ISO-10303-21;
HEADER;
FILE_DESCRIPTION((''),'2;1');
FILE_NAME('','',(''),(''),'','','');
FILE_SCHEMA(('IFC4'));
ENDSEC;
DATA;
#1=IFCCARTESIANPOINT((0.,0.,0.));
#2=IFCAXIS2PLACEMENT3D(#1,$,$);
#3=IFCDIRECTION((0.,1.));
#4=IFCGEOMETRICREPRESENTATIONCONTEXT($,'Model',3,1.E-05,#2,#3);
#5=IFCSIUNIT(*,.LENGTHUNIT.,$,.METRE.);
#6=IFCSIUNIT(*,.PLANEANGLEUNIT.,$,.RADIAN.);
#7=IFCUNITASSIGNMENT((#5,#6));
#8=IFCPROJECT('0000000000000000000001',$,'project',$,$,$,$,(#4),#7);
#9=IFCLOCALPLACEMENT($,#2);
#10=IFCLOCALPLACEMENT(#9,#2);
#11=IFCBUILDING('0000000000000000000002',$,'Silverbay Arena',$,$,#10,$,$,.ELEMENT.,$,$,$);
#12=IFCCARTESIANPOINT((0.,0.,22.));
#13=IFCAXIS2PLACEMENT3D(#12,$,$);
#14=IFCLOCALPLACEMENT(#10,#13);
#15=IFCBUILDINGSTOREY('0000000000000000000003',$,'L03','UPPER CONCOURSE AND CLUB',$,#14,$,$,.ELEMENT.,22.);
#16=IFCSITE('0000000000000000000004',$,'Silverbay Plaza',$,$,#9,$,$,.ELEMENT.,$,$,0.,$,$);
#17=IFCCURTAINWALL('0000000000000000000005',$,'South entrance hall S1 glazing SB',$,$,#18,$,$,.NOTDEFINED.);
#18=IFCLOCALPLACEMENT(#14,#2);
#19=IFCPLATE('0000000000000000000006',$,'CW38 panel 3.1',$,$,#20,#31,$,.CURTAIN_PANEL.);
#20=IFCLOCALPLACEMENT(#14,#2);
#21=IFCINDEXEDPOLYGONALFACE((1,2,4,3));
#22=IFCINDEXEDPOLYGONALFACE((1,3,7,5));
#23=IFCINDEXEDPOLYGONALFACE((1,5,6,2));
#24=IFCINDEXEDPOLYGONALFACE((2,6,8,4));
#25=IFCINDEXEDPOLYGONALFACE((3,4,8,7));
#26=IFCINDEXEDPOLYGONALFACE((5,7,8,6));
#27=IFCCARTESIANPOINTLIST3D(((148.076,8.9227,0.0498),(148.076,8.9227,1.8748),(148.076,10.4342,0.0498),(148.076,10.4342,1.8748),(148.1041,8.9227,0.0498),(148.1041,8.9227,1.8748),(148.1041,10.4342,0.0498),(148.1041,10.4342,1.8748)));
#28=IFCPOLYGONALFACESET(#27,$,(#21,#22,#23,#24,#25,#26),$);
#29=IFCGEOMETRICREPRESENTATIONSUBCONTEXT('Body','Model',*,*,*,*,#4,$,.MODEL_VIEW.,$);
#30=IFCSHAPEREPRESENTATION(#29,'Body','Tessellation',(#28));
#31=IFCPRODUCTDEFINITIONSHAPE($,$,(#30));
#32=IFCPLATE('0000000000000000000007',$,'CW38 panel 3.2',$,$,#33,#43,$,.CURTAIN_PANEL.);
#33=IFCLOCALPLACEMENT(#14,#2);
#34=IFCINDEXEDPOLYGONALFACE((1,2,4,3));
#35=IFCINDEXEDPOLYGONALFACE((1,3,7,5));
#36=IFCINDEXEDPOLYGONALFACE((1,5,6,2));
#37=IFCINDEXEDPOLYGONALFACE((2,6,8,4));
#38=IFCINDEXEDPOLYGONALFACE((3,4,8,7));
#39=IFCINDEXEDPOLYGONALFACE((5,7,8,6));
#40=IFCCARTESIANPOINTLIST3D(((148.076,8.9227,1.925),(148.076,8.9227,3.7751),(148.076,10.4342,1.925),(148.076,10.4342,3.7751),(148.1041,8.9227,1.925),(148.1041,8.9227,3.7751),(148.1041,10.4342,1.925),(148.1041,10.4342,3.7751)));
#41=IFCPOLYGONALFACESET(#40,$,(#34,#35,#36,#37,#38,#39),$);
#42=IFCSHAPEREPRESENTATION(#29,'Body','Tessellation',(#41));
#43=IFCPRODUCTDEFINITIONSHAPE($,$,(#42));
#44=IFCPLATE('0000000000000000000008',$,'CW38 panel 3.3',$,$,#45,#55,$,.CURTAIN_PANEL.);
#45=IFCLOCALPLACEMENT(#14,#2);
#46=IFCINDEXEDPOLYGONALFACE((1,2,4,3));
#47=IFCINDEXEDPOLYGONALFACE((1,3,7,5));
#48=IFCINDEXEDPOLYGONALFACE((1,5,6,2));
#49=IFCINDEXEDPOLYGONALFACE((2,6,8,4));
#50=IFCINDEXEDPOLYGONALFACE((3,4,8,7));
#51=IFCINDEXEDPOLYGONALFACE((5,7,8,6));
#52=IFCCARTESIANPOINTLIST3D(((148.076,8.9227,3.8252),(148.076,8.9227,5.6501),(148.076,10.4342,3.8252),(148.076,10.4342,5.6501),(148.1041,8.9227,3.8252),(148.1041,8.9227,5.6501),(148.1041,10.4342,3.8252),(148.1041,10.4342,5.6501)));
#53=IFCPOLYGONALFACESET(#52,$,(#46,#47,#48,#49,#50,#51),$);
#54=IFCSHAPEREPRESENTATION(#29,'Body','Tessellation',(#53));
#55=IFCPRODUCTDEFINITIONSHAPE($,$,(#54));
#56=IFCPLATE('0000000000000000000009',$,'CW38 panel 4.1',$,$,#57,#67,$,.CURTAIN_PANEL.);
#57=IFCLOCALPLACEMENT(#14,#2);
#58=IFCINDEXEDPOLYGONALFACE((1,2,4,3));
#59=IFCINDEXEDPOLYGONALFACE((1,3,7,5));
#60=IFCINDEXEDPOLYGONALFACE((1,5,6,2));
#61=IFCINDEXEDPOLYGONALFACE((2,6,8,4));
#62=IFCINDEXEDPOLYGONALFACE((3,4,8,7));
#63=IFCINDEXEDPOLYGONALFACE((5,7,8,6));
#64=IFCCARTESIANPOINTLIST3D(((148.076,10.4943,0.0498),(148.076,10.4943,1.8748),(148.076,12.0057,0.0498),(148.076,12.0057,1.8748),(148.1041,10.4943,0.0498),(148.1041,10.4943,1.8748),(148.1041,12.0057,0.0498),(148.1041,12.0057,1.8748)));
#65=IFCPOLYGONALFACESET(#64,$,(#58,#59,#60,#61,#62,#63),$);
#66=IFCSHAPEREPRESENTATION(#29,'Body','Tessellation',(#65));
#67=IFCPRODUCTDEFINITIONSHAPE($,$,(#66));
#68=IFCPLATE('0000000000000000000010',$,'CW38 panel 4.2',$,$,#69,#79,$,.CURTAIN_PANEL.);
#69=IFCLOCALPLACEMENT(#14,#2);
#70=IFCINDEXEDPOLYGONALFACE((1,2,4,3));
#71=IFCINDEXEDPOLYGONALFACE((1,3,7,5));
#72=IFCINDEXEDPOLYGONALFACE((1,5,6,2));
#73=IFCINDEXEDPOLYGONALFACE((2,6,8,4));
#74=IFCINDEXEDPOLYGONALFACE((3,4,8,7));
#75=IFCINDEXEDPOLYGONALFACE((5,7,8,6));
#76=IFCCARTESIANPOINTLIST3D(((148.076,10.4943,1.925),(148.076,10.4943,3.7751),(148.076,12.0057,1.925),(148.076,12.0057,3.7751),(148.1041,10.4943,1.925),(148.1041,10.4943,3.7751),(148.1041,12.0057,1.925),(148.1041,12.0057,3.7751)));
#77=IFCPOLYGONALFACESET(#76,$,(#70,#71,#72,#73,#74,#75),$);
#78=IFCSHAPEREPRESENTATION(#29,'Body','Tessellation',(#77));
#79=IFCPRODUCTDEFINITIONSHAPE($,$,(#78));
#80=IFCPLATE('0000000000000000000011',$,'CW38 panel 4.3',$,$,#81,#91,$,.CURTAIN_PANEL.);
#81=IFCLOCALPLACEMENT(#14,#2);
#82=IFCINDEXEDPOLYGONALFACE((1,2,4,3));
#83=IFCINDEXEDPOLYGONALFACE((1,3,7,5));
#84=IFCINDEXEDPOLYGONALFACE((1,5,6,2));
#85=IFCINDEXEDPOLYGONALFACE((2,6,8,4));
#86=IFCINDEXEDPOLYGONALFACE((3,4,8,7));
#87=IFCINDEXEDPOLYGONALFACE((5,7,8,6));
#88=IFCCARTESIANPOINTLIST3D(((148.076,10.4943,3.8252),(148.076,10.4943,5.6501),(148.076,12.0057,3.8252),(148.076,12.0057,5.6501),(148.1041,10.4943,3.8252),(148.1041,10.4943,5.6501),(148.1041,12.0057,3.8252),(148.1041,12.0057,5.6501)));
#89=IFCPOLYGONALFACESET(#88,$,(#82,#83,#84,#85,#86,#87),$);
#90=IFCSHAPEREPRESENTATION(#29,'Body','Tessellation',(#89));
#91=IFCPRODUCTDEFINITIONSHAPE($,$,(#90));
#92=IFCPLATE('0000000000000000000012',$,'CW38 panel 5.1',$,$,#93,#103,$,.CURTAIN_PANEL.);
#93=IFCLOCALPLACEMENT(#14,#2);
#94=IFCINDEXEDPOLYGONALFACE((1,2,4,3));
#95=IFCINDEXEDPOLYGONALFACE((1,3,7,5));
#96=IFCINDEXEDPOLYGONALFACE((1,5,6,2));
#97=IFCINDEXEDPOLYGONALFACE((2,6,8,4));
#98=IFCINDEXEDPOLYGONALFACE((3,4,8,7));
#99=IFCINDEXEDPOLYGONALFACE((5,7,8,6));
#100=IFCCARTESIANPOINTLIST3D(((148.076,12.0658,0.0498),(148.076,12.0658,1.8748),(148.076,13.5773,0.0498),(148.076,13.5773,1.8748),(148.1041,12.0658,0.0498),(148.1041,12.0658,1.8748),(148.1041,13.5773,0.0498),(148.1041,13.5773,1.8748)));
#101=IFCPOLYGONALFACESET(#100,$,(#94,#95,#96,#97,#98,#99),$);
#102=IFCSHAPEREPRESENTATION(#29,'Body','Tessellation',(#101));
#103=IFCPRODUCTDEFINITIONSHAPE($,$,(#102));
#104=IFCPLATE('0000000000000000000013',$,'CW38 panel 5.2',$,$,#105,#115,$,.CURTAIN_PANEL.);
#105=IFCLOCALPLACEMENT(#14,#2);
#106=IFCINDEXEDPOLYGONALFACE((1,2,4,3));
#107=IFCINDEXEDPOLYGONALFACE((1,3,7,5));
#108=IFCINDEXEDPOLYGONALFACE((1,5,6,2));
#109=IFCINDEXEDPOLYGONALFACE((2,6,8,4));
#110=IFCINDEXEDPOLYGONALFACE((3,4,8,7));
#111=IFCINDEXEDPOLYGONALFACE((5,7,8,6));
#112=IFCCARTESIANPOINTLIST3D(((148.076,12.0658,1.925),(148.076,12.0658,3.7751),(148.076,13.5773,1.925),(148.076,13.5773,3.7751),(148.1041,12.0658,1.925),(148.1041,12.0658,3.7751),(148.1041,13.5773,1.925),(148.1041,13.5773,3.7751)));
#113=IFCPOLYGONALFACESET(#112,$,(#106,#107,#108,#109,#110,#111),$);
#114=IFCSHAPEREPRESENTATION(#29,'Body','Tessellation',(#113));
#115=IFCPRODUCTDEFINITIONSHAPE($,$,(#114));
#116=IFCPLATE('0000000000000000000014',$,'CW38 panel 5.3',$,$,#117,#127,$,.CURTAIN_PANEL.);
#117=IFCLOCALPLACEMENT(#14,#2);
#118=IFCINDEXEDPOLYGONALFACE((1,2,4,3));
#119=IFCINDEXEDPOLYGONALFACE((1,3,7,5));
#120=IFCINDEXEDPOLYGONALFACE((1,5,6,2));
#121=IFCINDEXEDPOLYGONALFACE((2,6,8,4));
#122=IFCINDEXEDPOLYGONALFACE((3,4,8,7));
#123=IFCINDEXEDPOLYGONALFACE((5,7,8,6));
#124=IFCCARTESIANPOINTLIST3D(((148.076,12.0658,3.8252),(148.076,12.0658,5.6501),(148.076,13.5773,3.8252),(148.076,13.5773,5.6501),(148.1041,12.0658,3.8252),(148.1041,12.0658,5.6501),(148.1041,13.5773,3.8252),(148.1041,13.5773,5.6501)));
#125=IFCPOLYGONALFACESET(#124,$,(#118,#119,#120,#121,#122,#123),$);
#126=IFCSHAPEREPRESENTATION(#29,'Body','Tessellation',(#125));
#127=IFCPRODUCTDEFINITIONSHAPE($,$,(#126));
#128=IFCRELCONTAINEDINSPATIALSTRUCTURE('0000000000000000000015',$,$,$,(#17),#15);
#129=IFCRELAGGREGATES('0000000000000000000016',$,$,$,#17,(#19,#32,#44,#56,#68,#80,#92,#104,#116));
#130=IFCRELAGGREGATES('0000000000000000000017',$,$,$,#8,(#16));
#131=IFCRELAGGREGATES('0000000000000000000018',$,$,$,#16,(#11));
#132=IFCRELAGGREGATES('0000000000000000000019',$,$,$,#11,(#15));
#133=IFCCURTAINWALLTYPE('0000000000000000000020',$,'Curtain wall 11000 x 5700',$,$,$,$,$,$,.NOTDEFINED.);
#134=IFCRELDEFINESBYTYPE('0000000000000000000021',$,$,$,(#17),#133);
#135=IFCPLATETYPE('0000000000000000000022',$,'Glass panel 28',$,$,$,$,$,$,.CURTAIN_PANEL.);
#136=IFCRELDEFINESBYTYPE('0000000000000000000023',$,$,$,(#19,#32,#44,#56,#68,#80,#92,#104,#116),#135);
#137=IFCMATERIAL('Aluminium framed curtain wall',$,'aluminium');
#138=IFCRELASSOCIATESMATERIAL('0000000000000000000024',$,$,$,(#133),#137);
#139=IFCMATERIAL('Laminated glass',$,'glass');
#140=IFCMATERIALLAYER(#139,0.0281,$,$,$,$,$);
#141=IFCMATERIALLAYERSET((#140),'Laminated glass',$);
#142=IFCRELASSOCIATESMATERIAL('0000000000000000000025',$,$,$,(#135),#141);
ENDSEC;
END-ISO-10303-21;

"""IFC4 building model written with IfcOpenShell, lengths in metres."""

from ifc_helpers import new_model, si_unit, direction, frame, origin, origin_2d, place, context, subcontext, project, spatial, rectangle, extrude, material, layer, layer_set, type_object, element, aggregate, save


model = new_model("IFC4")

# Units and contexts
model_context = context("Model", 3, precision=1e-05, world=origin(), true_north=direction((0.0, 1.0)))
body_context = subcontext(model_context, "Body", "Model", "MODEL_VIEW")
ifc_project = project(units=[si_unit("LENGTHUNIT", "METRE"), si_unit("PLANEANGLEUNIT", "RADIAN")], contexts=[model_context])

# Site, building, storey
site_placement = place(None, origin())
site = spatial("IfcSite", under=ifc_project, at=site_placement, Name="Silverbay Plaza", CompositionType="ELEMENT", RefElevation=0.0)
building_placement = place(site_placement, origin())
building = spatial("IfcBuilding", under=site, at=building_placement, Name="Silverbay Arena", CompositionType="ELEMENT")
storey_placement = place(building_placement, frame((0.0, 0.0, 22.0)))
storey = spatial("IfcBuildingStorey", under=building, at=storey_placement, Name="L03", Description="UPPER CONCOURSE AND CLUB", CompositionType="ELEMENT", Elevation=22.0)

# Curtain wall
ifc_material_1 = material(Name="Aluminium framed curtain wall", Category="aluminium")
curtain_wall_type_1 = type_object("IfcCurtainWallType", Name="Curtain wall 11000 x 5700", PredefinedType="NOTDEFINED", material=ifc_material_1)
curtain_wall_1_placement = place(storey_placement, origin())
curtain_wall_1 = element("IfcCurtainWall", 1, at=curtain_wall_1_placement, inside=storey, type_object=curtain_wall_type_1, Name="South entrance hall S1 glazing SB", PredefinedType="NOTDEFINED")

# Plates
ifc_material_2 = material(Name="Laminated glass", Category="glass")
ifc_layer = layer(ifc_material_2, 0.0281)
ifc_layer_set = layer_set([ifc_layer], Name="Laminated glass")
plate_type = type_object("IfcPlateType", Name="Glass panel 28", PredefinedType="CURTAIN_PANEL", material=ifc_layer_set)
plate_1_placement = place(storey_placement, frame((148.0901, 9.6785, 0.0498), z_axis=(0.0, 0.0, 1.0), x_axis=(0.0, 1.0, 0.0)))
plate_1 = element("IfcPlate", 2, at=plate_1_placement, type_object=plate_type, Name="CW38 panel 3.1", PredefinedType="CURTAIN_PANEL", context=body_context, shape_type="SweptSolid", body=[
    extrude(rectangle(XDim=1.5115, YDim=0.0281, at=origin_2d()), origin(), (0.0, 0.0, 1.0), 1.825),
])
plate_2_placement = place(storey_placement, frame((148.0901, 9.6785, 1.925), z_axis=(0.0, 0.0, 1.0), x_axis=(0.0, 1.0, 0.0)))
plate_2 = element("IfcPlate", 3, at=plate_2_placement, type_object=plate_type, Name="CW38 panel 3.2", PredefinedType="CURTAIN_PANEL", context=body_context, shape_type="SweptSolid", body=[
    extrude(rectangle(XDim=1.5115, YDim=0.0281, at=origin_2d()), origin(), (0.0, 0.0, 1.0), 1.8501),
])
plate_3_placement = place(storey_placement, frame((148.0901, 9.6785, 3.8252), z_axis=(0.0, 0.0, 1.0), x_axis=(0.0, 1.0, 0.0)))
plate_3 = element("IfcPlate", 4, at=plate_3_placement, type_object=plate_type, Name="CW38 panel 3.3", PredefinedType="CURTAIN_PANEL", context=body_context, shape_type="SweptSolid", body=[
    extrude(rectangle(XDim=1.5115, YDim=0.0281, at=origin_2d()), origin(), (0.0, 0.0, 1.0), 1.825),
])
plate_4_placement = place(storey_placement, frame((148.0901, 11.25, 0.0498), z_axis=(0.0, 0.0, 1.0), x_axis=(0.0, 1.0, 0.0)))
plate_4 = element("IfcPlate", 5, at=plate_4_placement, type_object=plate_type, Name="CW38 panel 4.1", PredefinedType="CURTAIN_PANEL", context=body_context, shape_type="SweptSolid", body=[
    extrude(rectangle(XDim=1.5115, YDim=0.0281, at=origin_2d()), origin(), (0.0, 0.0, 1.0), 1.825),
])
plate_5_placement = place(storey_placement, frame((148.0901, 11.25, 1.925), z_axis=(0.0, 0.0, 1.0), x_axis=(0.0, 1.0, 0.0)))
plate_5 = element("IfcPlate", 6, at=plate_5_placement, type_object=plate_type, Name="CW38 panel 4.2", PredefinedType="CURTAIN_PANEL", context=body_context, shape_type="SweptSolid", body=[
    extrude(rectangle(XDim=1.5115, YDim=0.0281, at=origin_2d()), origin(), (0.0, 0.0, 1.0), 1.8501),
])
plate_6_placement = place(storey_placement, frame((148.0901, 11.25, 3.8252), z_axis=(0.0, 0.0, 1.0), x_axis=(0.0, 1.0, 0.0)))
plate_6 = element("IfcPlate", 7, at=plate_6_placement, type_object=plate_type, Name="CW38 panel 4.3", PredefinedType="CURTAIN_PANEL", context=body_context, shape_type="SweptSolid", body=[
    extrude(rectangle(XDim=1.5115, YDim=0.0281, at=origin_2d()), origin(), (0.0, 0.0, 1.0), 1.825),
])
plate_7_placement = place(storey_placement, frame((148.0901, 12.8215, 0.0498), z_axis=(0.0, 0.0, 1.0), x_axis=(0.0, 1.0, 0.0)))
plate_7 = element("IfcPlate", 8, at=plate_7_placement, type_object=plate_type, Name="CW38 panel 5.1", PredefinedType="CURTAIN_PANEL", context=body_context, shape_type="SweptSolid", body=[
    extrude(rectangle(XDim=1.5115, YDim=0.0281, at=origin_2d()), origin(), (0.0, 0.0, 1.0), 1.825),
])
plate_8_placement = place(storey_placement, frame((148.0901, 12.8215, 1.925), z_axis=(0.0, 0.0, 1.0), x_axis=(0.0, 1.0, 0.0)))
plate_8 = element("IfcPlate", 9, at=plate_8_placement, type_object=plate_type, Name="CW38 panel 5.2", PredefinedType="CURTAIN_PANEL", context=body_context, shape_type="SweptSolid", body=[
    extrude(rectangle(XDim=1.5115, YDim=0.0281, at=origin_2d()), origin(), (0.0, 0.0, 1.0), 1.8501),
])
plate_9_placement = place(storey_placement, frame((148.0901, 12.8215, 3.8252), z_axis=(0.0, 0.0, 1.0), x_axis=(0.0, 1.0, 0.0)))
plate_9 = element("IfcPlate", 10, at=plate_9_placement, type_object=plate_type, Name="CW38 panel 5.3", PredefinedType="CURTAIN_PANEL", context=body_context, shape_type="SweptSolid", body=[
    extrude(rectangle(XDim=1.5115, YDim=0.0281, at=origin_2d()), origin(), (0.0, 0.0, 1.0), 1.825),
])
aggregate(curtain_wall_1, [plate_1, plate_2, plate_3, plate_4, plate_5, plate_6, plate_7, plate_8, plate_9])

save(model, "model.ifc")
